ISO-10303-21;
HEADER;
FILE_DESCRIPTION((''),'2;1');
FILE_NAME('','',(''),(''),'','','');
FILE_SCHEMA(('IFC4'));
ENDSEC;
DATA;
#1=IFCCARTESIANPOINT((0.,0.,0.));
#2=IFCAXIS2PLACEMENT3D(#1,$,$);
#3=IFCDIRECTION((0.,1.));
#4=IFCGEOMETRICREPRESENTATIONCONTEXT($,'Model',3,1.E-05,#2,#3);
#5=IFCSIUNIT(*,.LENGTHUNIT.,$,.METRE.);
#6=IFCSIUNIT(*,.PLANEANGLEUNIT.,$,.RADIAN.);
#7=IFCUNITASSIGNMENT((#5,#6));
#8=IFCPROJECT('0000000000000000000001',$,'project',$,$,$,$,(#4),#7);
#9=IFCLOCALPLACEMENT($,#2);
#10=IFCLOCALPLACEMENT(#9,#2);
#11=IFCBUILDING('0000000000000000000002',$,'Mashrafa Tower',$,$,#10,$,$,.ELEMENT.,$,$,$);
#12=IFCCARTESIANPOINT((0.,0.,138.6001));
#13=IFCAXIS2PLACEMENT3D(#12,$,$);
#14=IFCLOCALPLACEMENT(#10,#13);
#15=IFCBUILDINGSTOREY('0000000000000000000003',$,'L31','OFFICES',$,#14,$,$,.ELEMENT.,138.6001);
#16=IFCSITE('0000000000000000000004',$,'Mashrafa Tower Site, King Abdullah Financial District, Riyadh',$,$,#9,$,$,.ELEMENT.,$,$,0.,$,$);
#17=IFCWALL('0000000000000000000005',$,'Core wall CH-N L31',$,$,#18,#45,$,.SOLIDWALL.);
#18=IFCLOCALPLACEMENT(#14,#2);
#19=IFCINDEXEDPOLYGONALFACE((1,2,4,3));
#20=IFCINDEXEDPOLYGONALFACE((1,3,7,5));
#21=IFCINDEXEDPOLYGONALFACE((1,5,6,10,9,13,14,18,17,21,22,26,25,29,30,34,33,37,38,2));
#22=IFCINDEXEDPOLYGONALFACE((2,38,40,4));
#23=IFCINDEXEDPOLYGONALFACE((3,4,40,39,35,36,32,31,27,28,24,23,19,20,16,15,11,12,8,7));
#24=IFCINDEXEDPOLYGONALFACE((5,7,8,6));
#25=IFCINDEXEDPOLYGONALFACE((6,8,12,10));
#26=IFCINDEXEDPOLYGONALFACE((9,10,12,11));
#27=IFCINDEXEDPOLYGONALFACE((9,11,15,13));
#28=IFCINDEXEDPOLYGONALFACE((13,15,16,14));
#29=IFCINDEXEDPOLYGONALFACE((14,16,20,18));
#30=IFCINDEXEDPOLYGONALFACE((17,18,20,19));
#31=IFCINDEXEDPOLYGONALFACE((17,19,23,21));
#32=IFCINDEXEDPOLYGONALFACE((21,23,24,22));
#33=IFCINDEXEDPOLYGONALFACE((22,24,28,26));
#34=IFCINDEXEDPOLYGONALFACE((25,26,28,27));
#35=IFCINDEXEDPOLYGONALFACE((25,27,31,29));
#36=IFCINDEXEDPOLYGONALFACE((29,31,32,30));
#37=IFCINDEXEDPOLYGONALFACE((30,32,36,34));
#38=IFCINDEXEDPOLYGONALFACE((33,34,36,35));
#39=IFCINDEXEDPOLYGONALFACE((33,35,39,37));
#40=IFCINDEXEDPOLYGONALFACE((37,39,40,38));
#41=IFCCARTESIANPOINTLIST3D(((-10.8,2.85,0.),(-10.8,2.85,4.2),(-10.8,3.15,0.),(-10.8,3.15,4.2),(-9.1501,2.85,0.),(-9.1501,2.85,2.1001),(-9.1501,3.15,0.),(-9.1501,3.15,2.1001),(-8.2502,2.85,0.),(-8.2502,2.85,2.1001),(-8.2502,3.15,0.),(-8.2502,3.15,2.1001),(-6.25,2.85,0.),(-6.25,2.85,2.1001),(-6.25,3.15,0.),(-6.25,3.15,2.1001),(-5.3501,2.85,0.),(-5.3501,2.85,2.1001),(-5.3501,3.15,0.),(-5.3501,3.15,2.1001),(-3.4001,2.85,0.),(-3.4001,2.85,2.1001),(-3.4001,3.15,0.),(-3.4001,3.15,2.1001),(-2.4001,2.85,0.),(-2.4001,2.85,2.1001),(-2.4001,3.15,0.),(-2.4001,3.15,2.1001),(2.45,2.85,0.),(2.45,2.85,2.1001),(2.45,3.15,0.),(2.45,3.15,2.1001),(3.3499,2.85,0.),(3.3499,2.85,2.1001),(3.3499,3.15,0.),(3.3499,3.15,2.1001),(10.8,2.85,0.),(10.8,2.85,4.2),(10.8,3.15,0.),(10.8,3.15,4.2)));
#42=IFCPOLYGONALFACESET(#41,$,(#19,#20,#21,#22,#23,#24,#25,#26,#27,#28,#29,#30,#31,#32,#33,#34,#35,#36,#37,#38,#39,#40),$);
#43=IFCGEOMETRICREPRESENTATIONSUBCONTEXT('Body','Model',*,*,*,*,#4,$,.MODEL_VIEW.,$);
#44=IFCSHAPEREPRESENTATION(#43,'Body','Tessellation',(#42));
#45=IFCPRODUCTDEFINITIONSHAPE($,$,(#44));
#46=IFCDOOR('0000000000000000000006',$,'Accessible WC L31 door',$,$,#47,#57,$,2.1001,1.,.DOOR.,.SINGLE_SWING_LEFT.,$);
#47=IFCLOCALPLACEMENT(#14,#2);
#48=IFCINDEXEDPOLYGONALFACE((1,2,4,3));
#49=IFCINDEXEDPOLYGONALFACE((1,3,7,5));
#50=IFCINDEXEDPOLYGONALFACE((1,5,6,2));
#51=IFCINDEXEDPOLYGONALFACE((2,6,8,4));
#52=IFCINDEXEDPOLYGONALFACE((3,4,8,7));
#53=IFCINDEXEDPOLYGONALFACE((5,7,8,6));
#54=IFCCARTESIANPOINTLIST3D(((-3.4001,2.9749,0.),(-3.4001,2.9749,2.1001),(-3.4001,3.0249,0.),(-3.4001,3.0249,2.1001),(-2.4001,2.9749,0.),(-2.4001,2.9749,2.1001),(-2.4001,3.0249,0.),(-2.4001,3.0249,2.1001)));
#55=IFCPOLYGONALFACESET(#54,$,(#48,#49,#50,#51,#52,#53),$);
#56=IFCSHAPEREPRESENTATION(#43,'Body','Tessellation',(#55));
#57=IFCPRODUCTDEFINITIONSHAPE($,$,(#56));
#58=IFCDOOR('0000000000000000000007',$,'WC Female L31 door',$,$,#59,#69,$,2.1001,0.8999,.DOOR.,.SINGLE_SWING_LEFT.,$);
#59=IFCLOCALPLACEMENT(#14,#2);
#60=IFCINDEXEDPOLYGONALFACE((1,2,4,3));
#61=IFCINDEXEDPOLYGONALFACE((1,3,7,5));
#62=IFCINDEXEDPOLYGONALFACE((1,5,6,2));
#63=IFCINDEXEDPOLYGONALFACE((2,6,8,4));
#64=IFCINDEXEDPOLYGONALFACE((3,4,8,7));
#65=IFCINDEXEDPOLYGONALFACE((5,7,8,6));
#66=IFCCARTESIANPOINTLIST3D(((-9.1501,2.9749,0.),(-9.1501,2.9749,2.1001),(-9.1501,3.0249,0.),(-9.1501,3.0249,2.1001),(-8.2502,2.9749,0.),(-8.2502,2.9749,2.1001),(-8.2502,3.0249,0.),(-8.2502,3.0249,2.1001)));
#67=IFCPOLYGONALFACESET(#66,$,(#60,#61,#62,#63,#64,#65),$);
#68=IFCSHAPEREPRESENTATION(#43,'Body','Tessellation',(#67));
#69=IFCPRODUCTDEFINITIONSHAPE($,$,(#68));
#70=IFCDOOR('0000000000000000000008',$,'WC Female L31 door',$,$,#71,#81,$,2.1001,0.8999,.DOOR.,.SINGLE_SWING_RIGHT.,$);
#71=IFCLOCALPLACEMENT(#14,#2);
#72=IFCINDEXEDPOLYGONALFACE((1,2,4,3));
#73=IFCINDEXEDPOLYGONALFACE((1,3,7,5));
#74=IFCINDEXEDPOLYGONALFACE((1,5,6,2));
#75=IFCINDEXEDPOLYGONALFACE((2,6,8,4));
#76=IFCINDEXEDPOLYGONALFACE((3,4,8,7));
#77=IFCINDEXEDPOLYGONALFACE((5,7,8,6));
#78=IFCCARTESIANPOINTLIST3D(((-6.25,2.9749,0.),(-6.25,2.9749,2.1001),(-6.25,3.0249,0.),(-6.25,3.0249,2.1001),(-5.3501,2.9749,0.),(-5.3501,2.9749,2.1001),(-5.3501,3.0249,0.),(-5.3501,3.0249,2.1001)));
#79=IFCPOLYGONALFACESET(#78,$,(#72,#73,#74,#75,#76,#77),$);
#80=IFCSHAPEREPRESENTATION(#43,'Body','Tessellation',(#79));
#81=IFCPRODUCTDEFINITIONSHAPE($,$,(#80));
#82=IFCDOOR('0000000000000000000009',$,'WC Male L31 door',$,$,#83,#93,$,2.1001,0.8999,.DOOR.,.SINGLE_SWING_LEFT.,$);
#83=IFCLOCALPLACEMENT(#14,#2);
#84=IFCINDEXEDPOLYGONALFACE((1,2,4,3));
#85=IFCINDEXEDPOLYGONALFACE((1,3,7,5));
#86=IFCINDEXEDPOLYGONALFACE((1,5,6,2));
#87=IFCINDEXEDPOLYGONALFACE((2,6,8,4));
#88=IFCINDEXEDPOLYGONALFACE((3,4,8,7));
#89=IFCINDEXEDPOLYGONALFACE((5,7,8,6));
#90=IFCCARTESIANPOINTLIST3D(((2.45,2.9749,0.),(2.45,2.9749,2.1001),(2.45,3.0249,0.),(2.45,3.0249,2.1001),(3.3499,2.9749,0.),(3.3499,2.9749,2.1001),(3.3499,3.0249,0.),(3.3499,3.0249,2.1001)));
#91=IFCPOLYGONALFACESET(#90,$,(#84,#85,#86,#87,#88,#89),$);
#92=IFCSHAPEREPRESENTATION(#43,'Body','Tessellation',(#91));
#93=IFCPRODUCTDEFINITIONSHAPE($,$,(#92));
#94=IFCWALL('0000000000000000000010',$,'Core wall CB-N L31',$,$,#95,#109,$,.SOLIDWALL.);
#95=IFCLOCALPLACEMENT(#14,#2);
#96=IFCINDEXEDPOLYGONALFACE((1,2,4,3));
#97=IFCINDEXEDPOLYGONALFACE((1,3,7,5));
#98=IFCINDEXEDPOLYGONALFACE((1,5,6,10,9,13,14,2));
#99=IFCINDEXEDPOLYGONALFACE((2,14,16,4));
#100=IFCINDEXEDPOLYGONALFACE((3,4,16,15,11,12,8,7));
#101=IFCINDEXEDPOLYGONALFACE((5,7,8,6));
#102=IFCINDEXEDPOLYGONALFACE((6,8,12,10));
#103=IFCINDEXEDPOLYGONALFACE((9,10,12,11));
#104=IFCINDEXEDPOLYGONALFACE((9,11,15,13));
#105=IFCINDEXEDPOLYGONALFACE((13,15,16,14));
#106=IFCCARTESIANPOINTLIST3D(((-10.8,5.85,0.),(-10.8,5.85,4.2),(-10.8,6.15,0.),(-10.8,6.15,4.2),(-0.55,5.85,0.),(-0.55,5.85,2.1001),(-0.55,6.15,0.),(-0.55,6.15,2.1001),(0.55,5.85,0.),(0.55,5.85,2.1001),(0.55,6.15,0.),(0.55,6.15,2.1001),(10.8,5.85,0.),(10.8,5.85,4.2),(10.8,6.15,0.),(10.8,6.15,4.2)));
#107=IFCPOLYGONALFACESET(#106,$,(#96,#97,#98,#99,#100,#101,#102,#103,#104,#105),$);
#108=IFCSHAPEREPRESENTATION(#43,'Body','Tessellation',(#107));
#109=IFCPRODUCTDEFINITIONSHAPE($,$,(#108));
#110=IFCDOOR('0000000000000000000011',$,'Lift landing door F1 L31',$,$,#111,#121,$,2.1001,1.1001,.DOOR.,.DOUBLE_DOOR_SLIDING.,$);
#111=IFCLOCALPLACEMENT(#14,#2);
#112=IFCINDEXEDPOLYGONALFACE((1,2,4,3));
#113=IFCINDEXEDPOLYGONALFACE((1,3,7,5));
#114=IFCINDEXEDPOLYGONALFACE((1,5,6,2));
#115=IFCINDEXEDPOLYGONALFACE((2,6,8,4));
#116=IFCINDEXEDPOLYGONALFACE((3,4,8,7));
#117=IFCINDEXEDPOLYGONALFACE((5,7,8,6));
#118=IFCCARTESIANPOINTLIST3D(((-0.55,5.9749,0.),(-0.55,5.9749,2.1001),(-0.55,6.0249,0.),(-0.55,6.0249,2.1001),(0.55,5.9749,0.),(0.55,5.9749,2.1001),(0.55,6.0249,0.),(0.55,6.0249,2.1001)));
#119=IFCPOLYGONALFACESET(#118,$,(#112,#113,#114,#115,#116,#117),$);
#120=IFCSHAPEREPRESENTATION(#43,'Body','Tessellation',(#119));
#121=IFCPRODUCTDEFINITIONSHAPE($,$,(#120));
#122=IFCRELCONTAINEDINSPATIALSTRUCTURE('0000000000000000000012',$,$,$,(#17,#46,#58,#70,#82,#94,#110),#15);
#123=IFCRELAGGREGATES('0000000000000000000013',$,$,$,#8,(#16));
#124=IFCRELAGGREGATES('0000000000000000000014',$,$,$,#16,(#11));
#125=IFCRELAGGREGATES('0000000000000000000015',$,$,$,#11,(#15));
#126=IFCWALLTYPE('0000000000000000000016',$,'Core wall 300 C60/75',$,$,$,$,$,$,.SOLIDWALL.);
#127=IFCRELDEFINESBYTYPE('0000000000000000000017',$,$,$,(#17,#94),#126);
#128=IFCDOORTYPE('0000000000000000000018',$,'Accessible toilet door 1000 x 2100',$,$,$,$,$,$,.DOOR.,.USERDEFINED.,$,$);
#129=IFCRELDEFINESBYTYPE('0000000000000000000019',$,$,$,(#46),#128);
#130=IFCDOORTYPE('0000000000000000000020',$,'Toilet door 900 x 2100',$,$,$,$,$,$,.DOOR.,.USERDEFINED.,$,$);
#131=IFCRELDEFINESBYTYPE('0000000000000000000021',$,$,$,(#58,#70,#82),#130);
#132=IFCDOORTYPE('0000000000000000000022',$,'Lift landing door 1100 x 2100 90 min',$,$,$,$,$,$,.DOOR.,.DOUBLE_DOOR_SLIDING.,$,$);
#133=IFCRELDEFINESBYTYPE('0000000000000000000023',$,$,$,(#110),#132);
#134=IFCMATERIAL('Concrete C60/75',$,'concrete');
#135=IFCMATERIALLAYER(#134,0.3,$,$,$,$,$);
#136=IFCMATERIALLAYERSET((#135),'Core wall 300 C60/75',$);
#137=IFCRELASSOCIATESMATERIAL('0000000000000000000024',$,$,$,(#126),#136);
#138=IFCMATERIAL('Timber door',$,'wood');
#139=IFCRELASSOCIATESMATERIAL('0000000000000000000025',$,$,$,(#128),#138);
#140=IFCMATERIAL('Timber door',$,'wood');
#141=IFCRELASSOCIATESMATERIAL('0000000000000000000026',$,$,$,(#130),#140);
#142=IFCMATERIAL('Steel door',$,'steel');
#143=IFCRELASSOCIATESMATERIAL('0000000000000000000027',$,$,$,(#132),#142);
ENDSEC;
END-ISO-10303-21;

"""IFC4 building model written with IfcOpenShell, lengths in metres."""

from ifc_helpers import new_model, si_unit, direction, frame, frame_2d, origin, place, context, subcontext, project, spatial, rectangle, extrude, material, layer, layer_set, type_object, element, fill, save


model = new_model("IFC4")

# Units and contexts
model_context = context("Model", 3, precision=1e-05, world=origin(), true_north=direction((0.0, 1.0)))
body_context = subcontext(model_context, "Body", "Model", "MODEL_VIEW")
ifc_project = project(units=[si_unit("LENGTHUNIT", "METRE"), si_unit("PLANEANGLEUNIT", "RADIAN")], contexts=[model_context])

# Site, building, storey
site_placement = place(None, origin())
site = spatial("IfcSite", under=ifc_project, at=site_placement, Name="Mashrafa Tower Site, King Abdullah Financial District, Riyadh", CompositionType="ELEMENT", RefElevation=0.0)
building_placement = place(site_placement, origin())
building = spatial("IfcBuilding", under=site, at=building_placement, Name="Mashrafa Tower", CompositionType="ELEMENT")
storey_placement = place(building_placement, frame((0.0, 0.0, 138.6001)))
storey = spatial("IfcBuildingStorey", under=building, at=storey_placement, Name="L31", Description="OFFICES", CompositionType="ELEMENT", Elevation=138.6001)

# Wall, openings, doors
ifc_material_1 = material(Name="Concrete C60/75", Category="concrete")
ifc_layer_1 = layer(ifc_material_1, 0.3)
ifc_layer_set_1 = layer_set([ifc_layer_1], Name="Core wall 300 C60/75")
wall_type_1 = type_object("IfcWallType", Name="Core wall 300 C60/75", PredefinedType="SOLIDWALL", material=ifc_layer_set_1)
wall_1_placement = place(storey_placement, frame((-10.8, 3.0, 0.0), z_axis=(0.0, 0.0, 1.0), x_axis=(1.0, 0.0, 0.0)))
wall_1 = element("IfcWall", 1, at=wall_1_placement, inside=storey, type_object=wall_type_1, Name="Core wall CH-N L31", PredefinedType="SOLIDWALL", context=body_context, shape_type="SweptSolid", body=[
    extrude(rectangle(XDim=21.6001, YDim=0.3, at=frame_2d((10.8, 0.0))), origin(), (0.0, 0.0, 1.0), 4.2),
])
opening_1_placement = place(wall_1_placement, frame((1.6499, 0.0, 0.0)))
opening_1 = element("IfcOpeningElement", 2, at=opening_1_placement, cuts=wall_1, PredefinedType="OPENING", context=body_context, shape_type="SweptSolid", body=[
    extrude(rectangle(XDim=0.8999, YDim=2.1001, at=frame_2d((0.45, 1.05))), frame((0.0, 0.1599, 0.0), z_axis=(0.0, -1.0, 0.0), x_axis=(1.0, 0.0, 0.0)), (0.0, 0.0, 1.0), 0.3201),
])
opening_2_placement = place(wall_1_placement, frame((4.55, 0.0, 0.0)))
opening_2 = element("IfcOpeningElement", 3, at=opening_2_placement, cuts=wall_1, PredefinedType="OPENING", context=body_context, shape_type="SweptSolid", body=[
    extrude(rectangle(XDim=0.8999, YDim=2.1001, at=frame_2d((0.45, 1.05))), frame((0.0, 0.1599, 0.0), z_axis=(0.0, -1.0, 0.0), x_axis=(1.0, 0.0, 0.0)), (0.0, 0.0, 1.0), 0.3201),
])
opening_3_placement = place(wall_1_placement, frame((7.3999, 0.0, 0.0)))
opening_3 = element("IfcOpeningElement", 4, at=opening_3_placement, cuts=wall_1, PredefinedType="OPENING", context=body_context, shape_type="SweptSolid", body=[
    extrude(rectangle(XDim=1.0, YDim=2.1001, at=frame_2d((0.5, 1.05))), frame((0.0, 0.1599, 0.0), z_axis=(0.0, -1.0, 0.0), x_axis=(1.0, 0.0, 0.0)), (0.0, 0.0, 1.0), 0.3201),
])
opening_4_placement = place(wall_1_placement, frame((13.25, 0.0, 0.0)))
opening_4 = element("IfcOpeningElement", 5, at=opening_4_placement, cuts=wall_1, PredefinedType="OPENING", context=body_context, shape_type="SweptSolid", body=[
    extrude(rectangle(XDim=0.8999, YDim=2.1001, at=frame_2d((0.45, 1.05))), frame((0.0, 0.1599, 0.0), z_axis=(0.0, -1.0, 0.0), x_axis=(1.0, 0.0, 0.0)), (0.0, 0.0, 1.0), 0.3201),
])
ifc_material_2 = material(Name="Timber door", Category="wood")
door_type_1 = type_object("IfcDoorType", Name="Accessible toilet door 1000 x 2100", OperationType="USERDEFINED", PredefinedType="DOOR", material=ifc_material_2)
door_1_placement = place(opening_3_placement, origin())
door_1 = element("IfcDoor", 6, at=door_1_placement, inside=storey, type_object=door_type_1, Name="Accessible WC L31 door", OperationType="SINGLE_SWING_LEFT", OverallHeight=2.1001, OverallWidth=1.0, PredefinedType="DOOR", context=body_context, shape_type="SweptSolid", body=[
    extrude(rectangle(XDim=1.0, YDim=2.1001, at=frame_2d((0.5, 1.05))), frame((0.0, 0.0249, 0.0), z_axis=(0.0, -1.0, 0.0), x_axis=(1.0, 0.0, 0.0)), (0.0, 0.0, 1.0), 0.05),
])
fill(opening_3, door_1)
ifc_material_3 = material(Name="Timber door", Category="wood")
door_type_2 = type_object("IfcDoorType", Name="Toilet door 900 x 2100", OperationType="USERDEFINED", PredefinedType="DOOR", material=ifc_material_3)
door_2_placement = place(opening_1_placement, origin())
door_2 = element("IfcDoor", 7, at=door_2_placement, inside=storey, type_object=door_type_2, Name="WC Female L31 door", OperationType="SINGLE_SWING_LEFT", OverallHeight=2.1001, OverallWidth=0.8999, PredefinedType="DOOR", context=body_context, shape_type="SweptSolid", body=[
    extrude(rectangle(XDim=0.8999, YDim=2.1001, at=frame_2d((0.45, 1.05))), frame((0.0, 0.0249, 0.0), z_axis=(0.0, -1.0, 0.0), x_axis=(1.0, 0.0, 0.0)), (0.0, 0.0, 1.0), 0.05),
])
fill(opening_1, door_2)
door_3_placement = place(opening_2_placement, origin())
door_3 = element("IfcDoor", 8, at=door_3_placement, inside=storey, type_object=door_type_2, Name="WC Female L31 door", OperationType="SINGLE_SWING_RIGHT", OverallHeight=2.1001, OverallWidth=0.8999, PredefinedType="DOOR", context=body_context, shape_type="SweptSolid", body=[
    extrude(rectangle(XDim=0.8999, YDim=2.1001, at=frame_2d((0.45, 1.05))), frame((0.0, 0.0249, 0.0), z_axis=(0.0, -1.0, 0.0), x_axis=(1.0, 0.0, 0.0)), (0.0, 0.0, 1.0), 0.05),
])
fill(opening_2, door_3)
door_4_placement = place(opening_4_placement, origin())
door_4 = element("IfcDoor", 9, at=door_4_placement, inside=storey, type_object=door_type_2, Name="WC Male L31 door", OperationType="SINGLE_SWING_LEFT", OverallHeight=2.1001, OverallWidth=0.8999, PredefinedType="DOOR", context=body_context, shape_type="SweptSolid", body=[
    extrude(rectangle(XDim=0.8999, YDim=2.1001, at=frame_2d((0.45, 1.05))), frame((0.0, 0.0249, 0.0), z_axis=(0.0, -1.0, 0.0), x_axis=(1.0, 0.0, 0.0)), (0.0, 0.0, 1.0), 0.05),
])
fill(opening_4, door_4)

# Wall, opening, door
wall_2_placement = place(storey_placement, frame((-10.8, 6.0, 0.0), z_axis=(0.0, 0.0, 1.0), x_axis=(1.0, 0.0, 0.0)))
wall_2 = element("IfcWall", 10, at=wall_2_placement, inside=storey, type_object=wall_type_1, Name="Core wall CB-N L31", PredefinedType="SOLIDWALL", context=body_context, shape_type="SweptSolid", body=[
    extrude(rectangle(XDim=21.6001, YDim=0.3, at=frame_2d((10.8, 0.0))), origin(), (0.0, 0.0, 1.0), 4.2),
])
opening_5_placement = place(wall_2_placement, frame((10.25, 0.0, 0.0)))
opening_5 = element("IfcOpeningElement", 11, at=opening_5_placement, cuts=wall_2, PredefinedType="OPENING", context=body_context, shape_type="SweptSolid", body=[
    extrude(rectangle(XDim=1.1001, YDim=2.1001, at=frame_2d((0.55, 1.05))), frame((0.0, 0.1599, 0.0), z_axis=(0.0, -1.0, 0.0), x_axis=(1.0, 0.0, 0.0)), (0.0, 0.0, 1.0), 0.3201),
])
ifc_material_4 = material(Name="Steel door", Category="steel")
door_type_3 = type_object("IfcDoorType", Name="Lift landing door 1100 x 2100 90 min", OperationType="DOUBLE_DOOR_SLIDING", PredefinedType="DOOR", material=ifc_material_4)
door_5_placement = place(opening_5_placement, origin())
door_5 = element("IfcDoor", 12, at=door_5_placement, inside=storey, type_object=door_type_3, Name="Lift landing door F1 L31", OperationType="DOUBLE_DOOR_SLIDING", OverallHeight=2.1001, OverallWidth=1.1001, PredefinedType="DOOR", context=body_context, shape_type="SweptSolid", body=[
    extrude(rectangle(XDim=1.1001, YDim=2.1001, at=frame_2d((0.55, 1.05))), frame((0.0, 0.0249, 0.0), z_axis=(0.0, -1.0, 0.0), x_axis=(1.0, 0.0, 0.0)), (0.0, 0.0, 1.0), 0.05),
])
fill(opening_5, door_5)

save(model, "model.ifc")
